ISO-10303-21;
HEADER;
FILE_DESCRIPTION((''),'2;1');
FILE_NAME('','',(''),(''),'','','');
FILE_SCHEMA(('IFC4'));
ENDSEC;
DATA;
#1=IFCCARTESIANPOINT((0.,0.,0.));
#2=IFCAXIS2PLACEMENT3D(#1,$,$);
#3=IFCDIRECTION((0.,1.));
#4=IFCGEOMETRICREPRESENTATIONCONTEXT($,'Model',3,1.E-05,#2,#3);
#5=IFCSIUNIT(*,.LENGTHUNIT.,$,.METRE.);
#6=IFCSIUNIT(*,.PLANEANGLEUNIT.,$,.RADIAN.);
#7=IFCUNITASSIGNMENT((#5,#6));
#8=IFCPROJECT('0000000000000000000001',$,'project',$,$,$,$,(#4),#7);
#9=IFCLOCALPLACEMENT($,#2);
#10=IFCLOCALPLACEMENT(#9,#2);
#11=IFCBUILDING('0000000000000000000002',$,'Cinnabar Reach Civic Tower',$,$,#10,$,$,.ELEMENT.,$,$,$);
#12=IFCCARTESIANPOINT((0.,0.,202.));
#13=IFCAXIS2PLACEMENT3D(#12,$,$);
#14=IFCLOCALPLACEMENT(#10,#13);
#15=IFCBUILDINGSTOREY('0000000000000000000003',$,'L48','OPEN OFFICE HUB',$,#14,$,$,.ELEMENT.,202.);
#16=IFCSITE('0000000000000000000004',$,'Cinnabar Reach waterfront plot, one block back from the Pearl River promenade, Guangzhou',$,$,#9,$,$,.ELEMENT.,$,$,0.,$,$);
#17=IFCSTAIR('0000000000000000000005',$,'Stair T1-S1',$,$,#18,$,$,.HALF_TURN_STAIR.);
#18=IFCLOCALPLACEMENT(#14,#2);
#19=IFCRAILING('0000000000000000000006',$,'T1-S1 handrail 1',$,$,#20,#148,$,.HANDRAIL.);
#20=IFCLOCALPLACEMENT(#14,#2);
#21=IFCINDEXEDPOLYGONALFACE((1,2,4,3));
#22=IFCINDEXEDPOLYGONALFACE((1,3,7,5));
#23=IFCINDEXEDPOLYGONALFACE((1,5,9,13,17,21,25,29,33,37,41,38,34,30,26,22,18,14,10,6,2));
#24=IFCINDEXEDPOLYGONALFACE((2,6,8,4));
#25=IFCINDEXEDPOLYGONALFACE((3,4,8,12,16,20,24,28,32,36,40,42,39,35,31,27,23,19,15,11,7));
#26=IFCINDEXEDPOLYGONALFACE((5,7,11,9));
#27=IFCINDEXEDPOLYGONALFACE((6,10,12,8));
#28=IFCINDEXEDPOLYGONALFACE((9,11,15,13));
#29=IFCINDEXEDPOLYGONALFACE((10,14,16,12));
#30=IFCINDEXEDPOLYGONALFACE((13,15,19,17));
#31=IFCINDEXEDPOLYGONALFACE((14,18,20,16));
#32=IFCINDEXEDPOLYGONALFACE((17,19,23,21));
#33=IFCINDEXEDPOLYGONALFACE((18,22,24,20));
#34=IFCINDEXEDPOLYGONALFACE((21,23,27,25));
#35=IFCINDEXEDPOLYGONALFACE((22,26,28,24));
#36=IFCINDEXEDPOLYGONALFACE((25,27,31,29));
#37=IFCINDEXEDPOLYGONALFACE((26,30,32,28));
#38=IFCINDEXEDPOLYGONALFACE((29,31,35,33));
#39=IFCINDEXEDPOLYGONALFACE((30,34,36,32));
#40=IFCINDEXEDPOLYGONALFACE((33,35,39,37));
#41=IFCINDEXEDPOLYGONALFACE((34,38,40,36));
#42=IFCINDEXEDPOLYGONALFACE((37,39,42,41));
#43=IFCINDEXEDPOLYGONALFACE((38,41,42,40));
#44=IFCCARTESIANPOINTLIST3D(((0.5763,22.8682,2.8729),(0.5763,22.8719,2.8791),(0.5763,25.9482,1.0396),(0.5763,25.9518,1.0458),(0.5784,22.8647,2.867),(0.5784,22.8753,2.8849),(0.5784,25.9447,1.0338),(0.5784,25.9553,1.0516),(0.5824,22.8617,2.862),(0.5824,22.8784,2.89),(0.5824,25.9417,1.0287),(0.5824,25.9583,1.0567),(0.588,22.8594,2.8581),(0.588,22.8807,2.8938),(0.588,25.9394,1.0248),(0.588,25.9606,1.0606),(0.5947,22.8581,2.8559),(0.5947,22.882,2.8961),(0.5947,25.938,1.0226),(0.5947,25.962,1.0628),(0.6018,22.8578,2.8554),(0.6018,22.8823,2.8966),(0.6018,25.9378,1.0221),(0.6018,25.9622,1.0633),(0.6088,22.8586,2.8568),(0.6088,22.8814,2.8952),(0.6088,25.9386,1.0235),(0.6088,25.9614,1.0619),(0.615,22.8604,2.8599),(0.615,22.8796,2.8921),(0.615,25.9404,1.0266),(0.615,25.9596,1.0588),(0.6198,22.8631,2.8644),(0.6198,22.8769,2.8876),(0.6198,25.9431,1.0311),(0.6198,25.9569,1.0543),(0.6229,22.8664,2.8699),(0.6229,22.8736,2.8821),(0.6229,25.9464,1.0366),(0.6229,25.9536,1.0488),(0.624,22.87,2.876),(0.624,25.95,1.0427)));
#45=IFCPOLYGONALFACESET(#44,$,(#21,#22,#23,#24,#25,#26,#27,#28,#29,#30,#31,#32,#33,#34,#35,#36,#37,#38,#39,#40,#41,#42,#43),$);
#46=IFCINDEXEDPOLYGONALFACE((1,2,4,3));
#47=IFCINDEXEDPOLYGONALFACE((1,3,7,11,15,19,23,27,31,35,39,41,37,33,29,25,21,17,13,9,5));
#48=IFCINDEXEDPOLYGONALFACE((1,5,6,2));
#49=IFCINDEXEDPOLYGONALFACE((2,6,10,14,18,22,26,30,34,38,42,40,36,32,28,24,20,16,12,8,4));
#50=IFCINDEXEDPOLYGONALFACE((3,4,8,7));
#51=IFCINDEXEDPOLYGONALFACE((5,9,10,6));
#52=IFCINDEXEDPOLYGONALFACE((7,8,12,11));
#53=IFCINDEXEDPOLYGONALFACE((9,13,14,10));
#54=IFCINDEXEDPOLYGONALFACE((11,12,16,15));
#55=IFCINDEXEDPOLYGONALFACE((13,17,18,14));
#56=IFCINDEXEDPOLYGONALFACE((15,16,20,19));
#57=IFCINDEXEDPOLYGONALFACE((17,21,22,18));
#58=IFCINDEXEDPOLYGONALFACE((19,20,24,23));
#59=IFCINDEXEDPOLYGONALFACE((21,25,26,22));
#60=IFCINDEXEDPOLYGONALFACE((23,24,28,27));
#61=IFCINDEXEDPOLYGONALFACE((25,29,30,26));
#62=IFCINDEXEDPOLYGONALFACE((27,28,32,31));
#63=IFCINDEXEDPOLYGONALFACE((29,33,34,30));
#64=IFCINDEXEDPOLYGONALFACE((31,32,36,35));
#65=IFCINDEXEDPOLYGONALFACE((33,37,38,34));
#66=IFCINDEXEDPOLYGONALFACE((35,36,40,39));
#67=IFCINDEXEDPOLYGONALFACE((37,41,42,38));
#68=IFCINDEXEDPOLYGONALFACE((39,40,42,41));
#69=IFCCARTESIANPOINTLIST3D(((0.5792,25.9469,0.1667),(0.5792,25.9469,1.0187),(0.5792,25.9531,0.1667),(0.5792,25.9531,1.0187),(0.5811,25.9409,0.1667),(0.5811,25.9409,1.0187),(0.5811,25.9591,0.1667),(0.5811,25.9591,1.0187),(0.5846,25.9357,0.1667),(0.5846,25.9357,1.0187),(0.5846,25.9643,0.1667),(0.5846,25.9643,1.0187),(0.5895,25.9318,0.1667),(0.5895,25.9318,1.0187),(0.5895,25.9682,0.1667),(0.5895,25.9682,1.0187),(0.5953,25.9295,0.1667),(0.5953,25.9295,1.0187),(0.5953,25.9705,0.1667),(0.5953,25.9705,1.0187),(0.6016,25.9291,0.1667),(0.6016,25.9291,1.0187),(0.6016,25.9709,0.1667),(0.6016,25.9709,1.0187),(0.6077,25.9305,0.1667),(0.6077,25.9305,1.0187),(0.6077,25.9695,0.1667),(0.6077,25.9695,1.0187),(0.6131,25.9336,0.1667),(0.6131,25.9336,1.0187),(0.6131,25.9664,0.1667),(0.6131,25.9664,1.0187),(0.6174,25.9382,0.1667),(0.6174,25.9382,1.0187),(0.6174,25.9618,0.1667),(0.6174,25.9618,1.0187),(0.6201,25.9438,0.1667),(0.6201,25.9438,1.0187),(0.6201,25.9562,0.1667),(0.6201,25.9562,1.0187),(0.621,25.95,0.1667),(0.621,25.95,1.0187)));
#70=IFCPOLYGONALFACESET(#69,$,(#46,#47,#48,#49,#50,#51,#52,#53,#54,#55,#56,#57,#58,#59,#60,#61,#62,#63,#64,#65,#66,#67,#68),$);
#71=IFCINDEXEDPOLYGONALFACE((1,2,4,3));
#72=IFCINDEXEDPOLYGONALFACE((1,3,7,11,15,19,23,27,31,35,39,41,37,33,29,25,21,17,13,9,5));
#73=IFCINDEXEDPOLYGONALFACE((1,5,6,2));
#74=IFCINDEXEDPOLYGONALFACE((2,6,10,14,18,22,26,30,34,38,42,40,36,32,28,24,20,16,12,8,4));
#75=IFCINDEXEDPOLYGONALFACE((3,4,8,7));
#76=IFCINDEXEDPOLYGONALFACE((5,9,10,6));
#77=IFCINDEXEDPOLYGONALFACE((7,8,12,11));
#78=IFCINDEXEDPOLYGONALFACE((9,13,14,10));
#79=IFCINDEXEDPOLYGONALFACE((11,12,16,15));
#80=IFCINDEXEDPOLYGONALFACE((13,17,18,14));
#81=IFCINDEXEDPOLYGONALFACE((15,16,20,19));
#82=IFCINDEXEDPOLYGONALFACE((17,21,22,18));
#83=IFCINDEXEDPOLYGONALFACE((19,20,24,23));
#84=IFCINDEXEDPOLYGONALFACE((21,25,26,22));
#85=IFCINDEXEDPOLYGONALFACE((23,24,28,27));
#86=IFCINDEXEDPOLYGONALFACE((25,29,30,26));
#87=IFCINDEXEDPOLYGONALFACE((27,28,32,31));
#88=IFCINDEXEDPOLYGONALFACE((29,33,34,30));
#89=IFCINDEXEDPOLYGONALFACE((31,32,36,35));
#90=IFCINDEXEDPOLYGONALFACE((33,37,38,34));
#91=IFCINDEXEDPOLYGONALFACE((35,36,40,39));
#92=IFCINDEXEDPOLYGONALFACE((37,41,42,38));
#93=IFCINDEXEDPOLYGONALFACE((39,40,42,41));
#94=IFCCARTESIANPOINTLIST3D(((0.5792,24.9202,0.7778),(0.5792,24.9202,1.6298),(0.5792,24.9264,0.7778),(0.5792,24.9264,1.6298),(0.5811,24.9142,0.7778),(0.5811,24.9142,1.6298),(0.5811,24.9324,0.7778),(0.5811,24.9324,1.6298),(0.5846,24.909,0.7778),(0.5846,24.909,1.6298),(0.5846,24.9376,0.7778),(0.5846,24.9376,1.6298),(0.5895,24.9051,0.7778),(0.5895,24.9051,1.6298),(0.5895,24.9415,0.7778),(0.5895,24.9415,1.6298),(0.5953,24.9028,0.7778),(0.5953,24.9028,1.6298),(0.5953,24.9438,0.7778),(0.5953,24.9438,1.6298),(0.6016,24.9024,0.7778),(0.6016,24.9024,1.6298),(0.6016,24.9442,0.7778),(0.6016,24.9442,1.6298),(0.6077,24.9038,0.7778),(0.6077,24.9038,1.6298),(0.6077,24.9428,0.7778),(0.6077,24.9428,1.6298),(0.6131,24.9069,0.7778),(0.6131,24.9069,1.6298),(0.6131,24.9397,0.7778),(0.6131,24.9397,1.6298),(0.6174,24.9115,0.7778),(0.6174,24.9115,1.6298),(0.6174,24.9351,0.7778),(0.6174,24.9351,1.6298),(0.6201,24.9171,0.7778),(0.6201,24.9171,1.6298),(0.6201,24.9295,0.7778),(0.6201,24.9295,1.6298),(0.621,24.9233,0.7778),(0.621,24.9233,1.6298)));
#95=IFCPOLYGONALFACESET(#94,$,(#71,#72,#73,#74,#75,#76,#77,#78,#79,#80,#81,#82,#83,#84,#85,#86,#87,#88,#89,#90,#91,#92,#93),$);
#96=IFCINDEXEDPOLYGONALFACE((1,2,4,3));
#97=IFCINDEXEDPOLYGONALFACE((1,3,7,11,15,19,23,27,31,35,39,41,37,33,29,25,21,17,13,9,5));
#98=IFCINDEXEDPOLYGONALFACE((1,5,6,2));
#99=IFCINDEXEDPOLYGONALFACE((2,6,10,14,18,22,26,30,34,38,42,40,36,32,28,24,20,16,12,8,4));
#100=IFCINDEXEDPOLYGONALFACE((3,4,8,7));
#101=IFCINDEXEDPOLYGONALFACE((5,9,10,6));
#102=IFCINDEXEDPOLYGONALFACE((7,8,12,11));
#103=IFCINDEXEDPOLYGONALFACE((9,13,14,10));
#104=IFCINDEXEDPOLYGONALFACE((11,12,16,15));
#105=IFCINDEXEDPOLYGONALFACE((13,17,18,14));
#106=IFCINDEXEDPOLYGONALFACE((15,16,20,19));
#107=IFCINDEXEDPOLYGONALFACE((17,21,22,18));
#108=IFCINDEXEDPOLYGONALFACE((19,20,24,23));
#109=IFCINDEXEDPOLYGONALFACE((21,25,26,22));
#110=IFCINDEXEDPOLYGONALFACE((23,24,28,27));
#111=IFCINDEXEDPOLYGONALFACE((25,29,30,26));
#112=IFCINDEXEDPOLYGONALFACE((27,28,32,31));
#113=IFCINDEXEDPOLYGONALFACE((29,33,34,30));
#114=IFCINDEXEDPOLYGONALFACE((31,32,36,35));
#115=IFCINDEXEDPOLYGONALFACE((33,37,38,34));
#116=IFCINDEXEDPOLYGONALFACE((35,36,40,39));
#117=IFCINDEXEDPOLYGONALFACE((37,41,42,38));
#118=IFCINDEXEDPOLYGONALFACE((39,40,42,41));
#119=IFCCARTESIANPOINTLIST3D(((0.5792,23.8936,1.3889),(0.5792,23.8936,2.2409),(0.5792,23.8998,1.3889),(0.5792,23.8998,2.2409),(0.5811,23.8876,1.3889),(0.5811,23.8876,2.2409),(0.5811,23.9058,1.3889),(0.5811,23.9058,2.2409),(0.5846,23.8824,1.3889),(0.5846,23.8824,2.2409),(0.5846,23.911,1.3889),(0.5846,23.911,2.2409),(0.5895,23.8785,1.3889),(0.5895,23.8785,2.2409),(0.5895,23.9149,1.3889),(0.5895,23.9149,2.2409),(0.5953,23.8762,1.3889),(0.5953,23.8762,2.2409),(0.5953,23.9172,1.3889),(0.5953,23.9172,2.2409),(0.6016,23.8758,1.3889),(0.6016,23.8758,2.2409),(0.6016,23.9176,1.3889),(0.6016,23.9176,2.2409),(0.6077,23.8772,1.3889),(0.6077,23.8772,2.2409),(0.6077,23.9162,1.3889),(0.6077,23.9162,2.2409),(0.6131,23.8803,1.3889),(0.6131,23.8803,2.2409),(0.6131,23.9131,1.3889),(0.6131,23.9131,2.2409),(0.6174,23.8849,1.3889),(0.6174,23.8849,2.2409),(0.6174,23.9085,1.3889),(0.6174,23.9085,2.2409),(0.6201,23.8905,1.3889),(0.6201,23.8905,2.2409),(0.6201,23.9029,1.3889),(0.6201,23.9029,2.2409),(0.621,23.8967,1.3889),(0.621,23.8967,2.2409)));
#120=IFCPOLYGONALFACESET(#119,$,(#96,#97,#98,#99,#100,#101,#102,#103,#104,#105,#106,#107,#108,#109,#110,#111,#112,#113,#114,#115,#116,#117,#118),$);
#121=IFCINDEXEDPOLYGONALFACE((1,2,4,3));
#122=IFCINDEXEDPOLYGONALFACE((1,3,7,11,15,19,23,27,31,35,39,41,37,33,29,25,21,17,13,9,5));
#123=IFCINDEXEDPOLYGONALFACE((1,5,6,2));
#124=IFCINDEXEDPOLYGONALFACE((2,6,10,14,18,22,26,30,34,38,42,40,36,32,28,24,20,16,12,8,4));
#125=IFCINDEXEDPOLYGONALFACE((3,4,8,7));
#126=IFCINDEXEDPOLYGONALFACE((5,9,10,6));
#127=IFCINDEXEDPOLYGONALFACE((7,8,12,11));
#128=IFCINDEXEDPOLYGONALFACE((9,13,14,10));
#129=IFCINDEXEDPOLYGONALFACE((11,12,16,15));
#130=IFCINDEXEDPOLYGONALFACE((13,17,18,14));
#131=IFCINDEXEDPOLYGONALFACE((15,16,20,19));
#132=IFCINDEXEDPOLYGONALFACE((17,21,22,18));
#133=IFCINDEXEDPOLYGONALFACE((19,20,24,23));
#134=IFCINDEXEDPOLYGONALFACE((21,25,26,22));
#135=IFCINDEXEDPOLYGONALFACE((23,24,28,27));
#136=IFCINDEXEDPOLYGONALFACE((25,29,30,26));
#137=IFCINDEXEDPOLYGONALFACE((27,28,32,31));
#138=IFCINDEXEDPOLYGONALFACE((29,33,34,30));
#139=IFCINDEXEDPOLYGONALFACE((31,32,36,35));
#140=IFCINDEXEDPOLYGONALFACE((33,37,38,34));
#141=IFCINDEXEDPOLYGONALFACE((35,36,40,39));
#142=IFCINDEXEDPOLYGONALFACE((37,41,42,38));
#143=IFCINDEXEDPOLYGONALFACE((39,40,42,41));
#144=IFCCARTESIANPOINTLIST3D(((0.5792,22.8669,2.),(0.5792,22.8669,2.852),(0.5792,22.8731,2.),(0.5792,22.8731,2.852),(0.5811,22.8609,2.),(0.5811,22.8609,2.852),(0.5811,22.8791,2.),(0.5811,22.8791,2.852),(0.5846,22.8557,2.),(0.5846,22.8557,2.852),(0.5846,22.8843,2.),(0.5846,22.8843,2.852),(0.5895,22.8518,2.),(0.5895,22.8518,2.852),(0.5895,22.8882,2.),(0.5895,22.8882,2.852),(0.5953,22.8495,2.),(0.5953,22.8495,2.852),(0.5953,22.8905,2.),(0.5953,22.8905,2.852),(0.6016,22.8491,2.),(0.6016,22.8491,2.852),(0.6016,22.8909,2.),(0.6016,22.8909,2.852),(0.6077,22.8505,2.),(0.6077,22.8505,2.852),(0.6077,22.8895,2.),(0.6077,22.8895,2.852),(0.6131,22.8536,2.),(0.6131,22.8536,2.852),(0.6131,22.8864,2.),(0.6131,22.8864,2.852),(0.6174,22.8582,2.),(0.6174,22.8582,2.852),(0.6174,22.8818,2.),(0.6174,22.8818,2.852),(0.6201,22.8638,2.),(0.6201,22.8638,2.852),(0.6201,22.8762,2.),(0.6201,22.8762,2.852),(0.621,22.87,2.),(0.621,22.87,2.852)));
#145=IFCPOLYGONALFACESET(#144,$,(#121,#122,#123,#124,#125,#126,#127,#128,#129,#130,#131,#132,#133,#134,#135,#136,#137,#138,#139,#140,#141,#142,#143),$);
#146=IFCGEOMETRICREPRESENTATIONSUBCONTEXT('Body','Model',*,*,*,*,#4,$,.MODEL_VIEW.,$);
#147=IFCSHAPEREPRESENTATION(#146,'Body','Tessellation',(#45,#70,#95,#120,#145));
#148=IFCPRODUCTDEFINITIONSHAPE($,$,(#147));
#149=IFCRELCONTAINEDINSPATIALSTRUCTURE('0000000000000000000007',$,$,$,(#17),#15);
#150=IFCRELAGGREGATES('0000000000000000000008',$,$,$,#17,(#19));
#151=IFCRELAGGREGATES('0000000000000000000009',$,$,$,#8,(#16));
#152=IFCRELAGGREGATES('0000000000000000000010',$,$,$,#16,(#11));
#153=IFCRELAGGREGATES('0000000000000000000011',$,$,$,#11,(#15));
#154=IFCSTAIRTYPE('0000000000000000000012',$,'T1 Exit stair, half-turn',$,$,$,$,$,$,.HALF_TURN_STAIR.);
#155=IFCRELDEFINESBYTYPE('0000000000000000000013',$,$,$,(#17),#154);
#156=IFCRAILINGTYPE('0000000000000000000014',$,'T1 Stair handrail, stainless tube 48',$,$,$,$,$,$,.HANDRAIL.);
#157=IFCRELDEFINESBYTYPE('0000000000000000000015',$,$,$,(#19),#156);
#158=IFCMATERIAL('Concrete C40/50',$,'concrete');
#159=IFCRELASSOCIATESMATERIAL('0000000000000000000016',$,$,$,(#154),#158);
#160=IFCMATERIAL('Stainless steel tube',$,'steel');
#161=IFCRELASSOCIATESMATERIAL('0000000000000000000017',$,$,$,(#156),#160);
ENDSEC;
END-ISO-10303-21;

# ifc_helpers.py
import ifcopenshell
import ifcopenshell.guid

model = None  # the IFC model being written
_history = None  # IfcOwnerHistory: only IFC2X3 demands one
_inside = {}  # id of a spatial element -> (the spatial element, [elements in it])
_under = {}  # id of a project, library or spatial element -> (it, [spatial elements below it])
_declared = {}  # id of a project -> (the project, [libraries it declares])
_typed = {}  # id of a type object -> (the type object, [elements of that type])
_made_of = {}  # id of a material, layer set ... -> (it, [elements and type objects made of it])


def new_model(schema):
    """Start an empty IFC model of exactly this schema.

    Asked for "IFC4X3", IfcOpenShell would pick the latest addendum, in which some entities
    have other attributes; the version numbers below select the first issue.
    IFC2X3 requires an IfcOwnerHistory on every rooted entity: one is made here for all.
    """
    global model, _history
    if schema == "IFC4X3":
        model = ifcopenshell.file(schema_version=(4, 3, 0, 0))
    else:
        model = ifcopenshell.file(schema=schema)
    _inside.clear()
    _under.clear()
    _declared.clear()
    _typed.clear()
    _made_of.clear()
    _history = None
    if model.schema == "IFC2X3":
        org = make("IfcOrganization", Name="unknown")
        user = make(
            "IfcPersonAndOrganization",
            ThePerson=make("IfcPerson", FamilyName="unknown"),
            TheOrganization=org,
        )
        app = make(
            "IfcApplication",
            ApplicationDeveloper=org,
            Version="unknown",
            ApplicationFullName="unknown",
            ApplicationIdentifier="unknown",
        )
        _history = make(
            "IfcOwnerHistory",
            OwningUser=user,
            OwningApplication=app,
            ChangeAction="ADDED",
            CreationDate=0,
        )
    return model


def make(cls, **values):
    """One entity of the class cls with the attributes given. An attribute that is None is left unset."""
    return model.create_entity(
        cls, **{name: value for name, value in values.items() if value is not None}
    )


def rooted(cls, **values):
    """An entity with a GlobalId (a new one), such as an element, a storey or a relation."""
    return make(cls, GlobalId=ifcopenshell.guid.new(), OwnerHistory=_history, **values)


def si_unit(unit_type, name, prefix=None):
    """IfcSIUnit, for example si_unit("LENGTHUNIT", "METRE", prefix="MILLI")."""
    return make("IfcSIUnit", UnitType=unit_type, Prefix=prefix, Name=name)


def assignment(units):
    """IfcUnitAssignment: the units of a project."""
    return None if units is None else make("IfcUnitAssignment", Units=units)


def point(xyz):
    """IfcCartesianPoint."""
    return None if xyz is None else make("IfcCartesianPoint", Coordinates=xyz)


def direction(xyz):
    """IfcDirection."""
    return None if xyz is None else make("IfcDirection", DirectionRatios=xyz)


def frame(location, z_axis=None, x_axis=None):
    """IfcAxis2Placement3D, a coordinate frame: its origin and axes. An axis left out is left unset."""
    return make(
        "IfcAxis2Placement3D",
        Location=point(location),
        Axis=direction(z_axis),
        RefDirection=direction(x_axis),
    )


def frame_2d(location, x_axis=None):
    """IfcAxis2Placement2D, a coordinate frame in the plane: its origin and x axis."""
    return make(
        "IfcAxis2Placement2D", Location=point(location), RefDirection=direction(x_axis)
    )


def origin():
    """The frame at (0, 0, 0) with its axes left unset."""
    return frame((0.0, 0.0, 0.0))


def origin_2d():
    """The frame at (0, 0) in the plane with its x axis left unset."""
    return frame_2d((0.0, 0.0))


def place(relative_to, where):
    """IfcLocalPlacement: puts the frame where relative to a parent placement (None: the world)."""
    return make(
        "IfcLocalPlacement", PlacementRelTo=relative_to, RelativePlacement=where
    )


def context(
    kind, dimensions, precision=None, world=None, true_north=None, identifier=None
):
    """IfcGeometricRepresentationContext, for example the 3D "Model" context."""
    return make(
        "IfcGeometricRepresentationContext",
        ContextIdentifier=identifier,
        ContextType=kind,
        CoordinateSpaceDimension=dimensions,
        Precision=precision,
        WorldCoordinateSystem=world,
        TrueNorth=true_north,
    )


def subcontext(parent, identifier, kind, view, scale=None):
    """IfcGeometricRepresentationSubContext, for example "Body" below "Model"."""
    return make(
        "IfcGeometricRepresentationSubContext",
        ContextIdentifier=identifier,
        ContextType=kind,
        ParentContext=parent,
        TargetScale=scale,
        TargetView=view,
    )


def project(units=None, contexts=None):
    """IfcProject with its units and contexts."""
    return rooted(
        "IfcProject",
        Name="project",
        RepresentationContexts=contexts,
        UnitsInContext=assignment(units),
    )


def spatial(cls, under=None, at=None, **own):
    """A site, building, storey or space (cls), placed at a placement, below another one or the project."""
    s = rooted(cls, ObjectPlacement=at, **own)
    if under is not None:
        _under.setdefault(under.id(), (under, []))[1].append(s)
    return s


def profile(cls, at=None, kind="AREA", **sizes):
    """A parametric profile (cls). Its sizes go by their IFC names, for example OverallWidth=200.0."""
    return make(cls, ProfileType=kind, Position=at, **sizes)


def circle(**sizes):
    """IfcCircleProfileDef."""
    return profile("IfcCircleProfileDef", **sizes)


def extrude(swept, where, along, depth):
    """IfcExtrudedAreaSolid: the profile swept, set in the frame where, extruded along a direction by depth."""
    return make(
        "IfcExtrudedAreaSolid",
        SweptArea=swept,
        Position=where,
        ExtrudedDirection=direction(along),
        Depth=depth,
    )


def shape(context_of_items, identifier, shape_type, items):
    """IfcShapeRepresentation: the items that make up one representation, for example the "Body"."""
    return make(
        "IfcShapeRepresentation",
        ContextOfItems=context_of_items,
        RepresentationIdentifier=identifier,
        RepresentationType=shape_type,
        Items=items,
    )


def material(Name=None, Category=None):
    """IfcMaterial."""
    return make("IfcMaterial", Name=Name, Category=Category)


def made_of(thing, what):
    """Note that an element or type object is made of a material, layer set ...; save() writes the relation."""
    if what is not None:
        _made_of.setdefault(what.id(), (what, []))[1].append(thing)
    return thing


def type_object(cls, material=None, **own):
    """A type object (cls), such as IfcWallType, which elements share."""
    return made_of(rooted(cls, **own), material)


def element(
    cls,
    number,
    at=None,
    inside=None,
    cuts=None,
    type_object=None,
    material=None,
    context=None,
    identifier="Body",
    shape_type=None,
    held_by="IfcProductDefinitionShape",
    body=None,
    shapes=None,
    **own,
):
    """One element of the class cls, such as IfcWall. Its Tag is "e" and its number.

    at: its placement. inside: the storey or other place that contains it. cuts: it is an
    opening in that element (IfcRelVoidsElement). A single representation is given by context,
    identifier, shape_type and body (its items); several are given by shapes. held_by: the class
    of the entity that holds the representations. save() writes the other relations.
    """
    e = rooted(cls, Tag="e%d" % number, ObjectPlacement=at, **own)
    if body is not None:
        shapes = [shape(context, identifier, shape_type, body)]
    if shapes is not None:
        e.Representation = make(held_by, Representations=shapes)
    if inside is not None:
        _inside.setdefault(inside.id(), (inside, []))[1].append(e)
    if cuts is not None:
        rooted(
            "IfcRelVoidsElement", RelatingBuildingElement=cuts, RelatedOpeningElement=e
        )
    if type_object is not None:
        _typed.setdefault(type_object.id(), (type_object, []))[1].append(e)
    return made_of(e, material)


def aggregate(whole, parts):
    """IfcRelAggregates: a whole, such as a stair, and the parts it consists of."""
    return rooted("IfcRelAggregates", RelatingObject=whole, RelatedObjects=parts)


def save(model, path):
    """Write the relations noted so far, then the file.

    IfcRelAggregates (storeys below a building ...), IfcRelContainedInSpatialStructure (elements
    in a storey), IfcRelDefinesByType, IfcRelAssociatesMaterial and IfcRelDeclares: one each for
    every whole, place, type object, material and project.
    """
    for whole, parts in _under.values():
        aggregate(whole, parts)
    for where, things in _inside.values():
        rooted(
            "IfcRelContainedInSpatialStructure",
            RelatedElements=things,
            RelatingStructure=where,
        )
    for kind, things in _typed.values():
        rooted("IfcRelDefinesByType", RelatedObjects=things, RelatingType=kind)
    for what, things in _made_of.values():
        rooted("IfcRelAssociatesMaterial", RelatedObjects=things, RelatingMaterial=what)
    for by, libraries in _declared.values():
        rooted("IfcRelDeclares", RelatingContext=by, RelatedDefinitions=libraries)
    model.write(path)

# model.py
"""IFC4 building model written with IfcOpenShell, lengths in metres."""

from ifc_helpers import new_model, si_unit, direction, frame, origin, origin_2d, place, context, subcontext, project, spatial, circle, extrude, material, type_object, element, aggregate, save


model = new_model("IFC4")

# Units and contexts
model_context = context("Model", 3, precision=1e-05, world=origin(), true_north=direction((0.0, 1.0)))
body_context = subcontext(model_context, "Body", "Model", "MODEL_VIEW")
ifc_project = project(units=[si_unit("LENGTHUNIT", "METRE"), si_unit("PLANEANGLEUNIT", "RADIAN")], contexts=[model_context])

# Site, building, storey
site_placement = place(None, origin())
site = spatial("IfcSite", under=ifc_project, at=site_placement, Name="Cinnabar Reach waterfront plot, one block back from the Pearl River promenade, Guangzhou", CompositionType="ELEMENT", RefElevation=0.0)
building_placement = place(site_placement, origin())
building = spatial("IfcBuilding", under=site, at=building_placement, Name="Cinnabar Reach Civic Tower", CompositionType="ELEMENT")
storey_placement = place(building_placement, frame((0.0, 0.0, 202.0)))
storey = spatial("IfcBuildingStorey", under=building, at=storey_placement, Name="L48", Description="OPEN OFFICE HUB", CompositionType="ELEMENT", Elevation=202.0)

# Shared definitions
ifc_material_1 = material(Name="Concrete C40/50", Category="concrete")

# Stair, railing
stair_type = type_object("IfcStairType", Name="T1 Exit stair, half-turn", PredefinedType="HALF_TURN_STAIR", material=ifc_material_1)
stair_placement = place(storey_placement, origin())
stair = element("IfcStair", 1, at=stair_placement, inside=storey, type_object=stair_type, Name="Stair T1-S1", PredefinedType="HALF_TURN_STAIR")
ifc_material_2 = material(Name="Stainless steel tube", Category="steel")
railing_type = type_object("IfcRailingType", Name="T1 Stair handrail, stainless tube 48", PredefinedType="HANDRAIL", material=ifc_material_2)
railing_1_placement = place(storey_placement, frame((0.6, 25.95, 0.1667)))
railing_1 = element("IfcRailing", 2, at=railing_1_placement, type_object=railing_type, Name="T1-S1 handrail 1", PredefinedType="HANDRAIL", context=body_context, shape_type="SweptSolid", body=[
    extrude(circle(Radius=0.024, at=origin_2d()), frame((0.0, 0.0, 0.876), z_axis=(0.0, -0.859297, 0.511477), x_axis=(1.0, 0.0, 0.0)), (0.0, 0.0, 1.0), 3.5843),
    extrude(circle(Radius=0.021, at=origin_2d()), origin(), (0.0, 0.0, 1.0), 0.852),
    extrude(circle(Radius=0.021, at=origin_2d()), frame((0.0, -1.0267, 0.6111)), (0.0, 0.0, 1.0), 0.852),
    extrude(circle(Radius=0.021, at=origin_2d()), frame((0.0, -2.0533, 1.2222)), (0.0, 0.0, 1.0), 0.852),
    extrude(circle(Radius=0.021, at=origin_2d()), frame((0.0, -3.08, 1.8333)), (0.0, 0.0, 1.0), 0.852),
])
aggregate(stair, [railing_1])

save(model, "model.ifc")
